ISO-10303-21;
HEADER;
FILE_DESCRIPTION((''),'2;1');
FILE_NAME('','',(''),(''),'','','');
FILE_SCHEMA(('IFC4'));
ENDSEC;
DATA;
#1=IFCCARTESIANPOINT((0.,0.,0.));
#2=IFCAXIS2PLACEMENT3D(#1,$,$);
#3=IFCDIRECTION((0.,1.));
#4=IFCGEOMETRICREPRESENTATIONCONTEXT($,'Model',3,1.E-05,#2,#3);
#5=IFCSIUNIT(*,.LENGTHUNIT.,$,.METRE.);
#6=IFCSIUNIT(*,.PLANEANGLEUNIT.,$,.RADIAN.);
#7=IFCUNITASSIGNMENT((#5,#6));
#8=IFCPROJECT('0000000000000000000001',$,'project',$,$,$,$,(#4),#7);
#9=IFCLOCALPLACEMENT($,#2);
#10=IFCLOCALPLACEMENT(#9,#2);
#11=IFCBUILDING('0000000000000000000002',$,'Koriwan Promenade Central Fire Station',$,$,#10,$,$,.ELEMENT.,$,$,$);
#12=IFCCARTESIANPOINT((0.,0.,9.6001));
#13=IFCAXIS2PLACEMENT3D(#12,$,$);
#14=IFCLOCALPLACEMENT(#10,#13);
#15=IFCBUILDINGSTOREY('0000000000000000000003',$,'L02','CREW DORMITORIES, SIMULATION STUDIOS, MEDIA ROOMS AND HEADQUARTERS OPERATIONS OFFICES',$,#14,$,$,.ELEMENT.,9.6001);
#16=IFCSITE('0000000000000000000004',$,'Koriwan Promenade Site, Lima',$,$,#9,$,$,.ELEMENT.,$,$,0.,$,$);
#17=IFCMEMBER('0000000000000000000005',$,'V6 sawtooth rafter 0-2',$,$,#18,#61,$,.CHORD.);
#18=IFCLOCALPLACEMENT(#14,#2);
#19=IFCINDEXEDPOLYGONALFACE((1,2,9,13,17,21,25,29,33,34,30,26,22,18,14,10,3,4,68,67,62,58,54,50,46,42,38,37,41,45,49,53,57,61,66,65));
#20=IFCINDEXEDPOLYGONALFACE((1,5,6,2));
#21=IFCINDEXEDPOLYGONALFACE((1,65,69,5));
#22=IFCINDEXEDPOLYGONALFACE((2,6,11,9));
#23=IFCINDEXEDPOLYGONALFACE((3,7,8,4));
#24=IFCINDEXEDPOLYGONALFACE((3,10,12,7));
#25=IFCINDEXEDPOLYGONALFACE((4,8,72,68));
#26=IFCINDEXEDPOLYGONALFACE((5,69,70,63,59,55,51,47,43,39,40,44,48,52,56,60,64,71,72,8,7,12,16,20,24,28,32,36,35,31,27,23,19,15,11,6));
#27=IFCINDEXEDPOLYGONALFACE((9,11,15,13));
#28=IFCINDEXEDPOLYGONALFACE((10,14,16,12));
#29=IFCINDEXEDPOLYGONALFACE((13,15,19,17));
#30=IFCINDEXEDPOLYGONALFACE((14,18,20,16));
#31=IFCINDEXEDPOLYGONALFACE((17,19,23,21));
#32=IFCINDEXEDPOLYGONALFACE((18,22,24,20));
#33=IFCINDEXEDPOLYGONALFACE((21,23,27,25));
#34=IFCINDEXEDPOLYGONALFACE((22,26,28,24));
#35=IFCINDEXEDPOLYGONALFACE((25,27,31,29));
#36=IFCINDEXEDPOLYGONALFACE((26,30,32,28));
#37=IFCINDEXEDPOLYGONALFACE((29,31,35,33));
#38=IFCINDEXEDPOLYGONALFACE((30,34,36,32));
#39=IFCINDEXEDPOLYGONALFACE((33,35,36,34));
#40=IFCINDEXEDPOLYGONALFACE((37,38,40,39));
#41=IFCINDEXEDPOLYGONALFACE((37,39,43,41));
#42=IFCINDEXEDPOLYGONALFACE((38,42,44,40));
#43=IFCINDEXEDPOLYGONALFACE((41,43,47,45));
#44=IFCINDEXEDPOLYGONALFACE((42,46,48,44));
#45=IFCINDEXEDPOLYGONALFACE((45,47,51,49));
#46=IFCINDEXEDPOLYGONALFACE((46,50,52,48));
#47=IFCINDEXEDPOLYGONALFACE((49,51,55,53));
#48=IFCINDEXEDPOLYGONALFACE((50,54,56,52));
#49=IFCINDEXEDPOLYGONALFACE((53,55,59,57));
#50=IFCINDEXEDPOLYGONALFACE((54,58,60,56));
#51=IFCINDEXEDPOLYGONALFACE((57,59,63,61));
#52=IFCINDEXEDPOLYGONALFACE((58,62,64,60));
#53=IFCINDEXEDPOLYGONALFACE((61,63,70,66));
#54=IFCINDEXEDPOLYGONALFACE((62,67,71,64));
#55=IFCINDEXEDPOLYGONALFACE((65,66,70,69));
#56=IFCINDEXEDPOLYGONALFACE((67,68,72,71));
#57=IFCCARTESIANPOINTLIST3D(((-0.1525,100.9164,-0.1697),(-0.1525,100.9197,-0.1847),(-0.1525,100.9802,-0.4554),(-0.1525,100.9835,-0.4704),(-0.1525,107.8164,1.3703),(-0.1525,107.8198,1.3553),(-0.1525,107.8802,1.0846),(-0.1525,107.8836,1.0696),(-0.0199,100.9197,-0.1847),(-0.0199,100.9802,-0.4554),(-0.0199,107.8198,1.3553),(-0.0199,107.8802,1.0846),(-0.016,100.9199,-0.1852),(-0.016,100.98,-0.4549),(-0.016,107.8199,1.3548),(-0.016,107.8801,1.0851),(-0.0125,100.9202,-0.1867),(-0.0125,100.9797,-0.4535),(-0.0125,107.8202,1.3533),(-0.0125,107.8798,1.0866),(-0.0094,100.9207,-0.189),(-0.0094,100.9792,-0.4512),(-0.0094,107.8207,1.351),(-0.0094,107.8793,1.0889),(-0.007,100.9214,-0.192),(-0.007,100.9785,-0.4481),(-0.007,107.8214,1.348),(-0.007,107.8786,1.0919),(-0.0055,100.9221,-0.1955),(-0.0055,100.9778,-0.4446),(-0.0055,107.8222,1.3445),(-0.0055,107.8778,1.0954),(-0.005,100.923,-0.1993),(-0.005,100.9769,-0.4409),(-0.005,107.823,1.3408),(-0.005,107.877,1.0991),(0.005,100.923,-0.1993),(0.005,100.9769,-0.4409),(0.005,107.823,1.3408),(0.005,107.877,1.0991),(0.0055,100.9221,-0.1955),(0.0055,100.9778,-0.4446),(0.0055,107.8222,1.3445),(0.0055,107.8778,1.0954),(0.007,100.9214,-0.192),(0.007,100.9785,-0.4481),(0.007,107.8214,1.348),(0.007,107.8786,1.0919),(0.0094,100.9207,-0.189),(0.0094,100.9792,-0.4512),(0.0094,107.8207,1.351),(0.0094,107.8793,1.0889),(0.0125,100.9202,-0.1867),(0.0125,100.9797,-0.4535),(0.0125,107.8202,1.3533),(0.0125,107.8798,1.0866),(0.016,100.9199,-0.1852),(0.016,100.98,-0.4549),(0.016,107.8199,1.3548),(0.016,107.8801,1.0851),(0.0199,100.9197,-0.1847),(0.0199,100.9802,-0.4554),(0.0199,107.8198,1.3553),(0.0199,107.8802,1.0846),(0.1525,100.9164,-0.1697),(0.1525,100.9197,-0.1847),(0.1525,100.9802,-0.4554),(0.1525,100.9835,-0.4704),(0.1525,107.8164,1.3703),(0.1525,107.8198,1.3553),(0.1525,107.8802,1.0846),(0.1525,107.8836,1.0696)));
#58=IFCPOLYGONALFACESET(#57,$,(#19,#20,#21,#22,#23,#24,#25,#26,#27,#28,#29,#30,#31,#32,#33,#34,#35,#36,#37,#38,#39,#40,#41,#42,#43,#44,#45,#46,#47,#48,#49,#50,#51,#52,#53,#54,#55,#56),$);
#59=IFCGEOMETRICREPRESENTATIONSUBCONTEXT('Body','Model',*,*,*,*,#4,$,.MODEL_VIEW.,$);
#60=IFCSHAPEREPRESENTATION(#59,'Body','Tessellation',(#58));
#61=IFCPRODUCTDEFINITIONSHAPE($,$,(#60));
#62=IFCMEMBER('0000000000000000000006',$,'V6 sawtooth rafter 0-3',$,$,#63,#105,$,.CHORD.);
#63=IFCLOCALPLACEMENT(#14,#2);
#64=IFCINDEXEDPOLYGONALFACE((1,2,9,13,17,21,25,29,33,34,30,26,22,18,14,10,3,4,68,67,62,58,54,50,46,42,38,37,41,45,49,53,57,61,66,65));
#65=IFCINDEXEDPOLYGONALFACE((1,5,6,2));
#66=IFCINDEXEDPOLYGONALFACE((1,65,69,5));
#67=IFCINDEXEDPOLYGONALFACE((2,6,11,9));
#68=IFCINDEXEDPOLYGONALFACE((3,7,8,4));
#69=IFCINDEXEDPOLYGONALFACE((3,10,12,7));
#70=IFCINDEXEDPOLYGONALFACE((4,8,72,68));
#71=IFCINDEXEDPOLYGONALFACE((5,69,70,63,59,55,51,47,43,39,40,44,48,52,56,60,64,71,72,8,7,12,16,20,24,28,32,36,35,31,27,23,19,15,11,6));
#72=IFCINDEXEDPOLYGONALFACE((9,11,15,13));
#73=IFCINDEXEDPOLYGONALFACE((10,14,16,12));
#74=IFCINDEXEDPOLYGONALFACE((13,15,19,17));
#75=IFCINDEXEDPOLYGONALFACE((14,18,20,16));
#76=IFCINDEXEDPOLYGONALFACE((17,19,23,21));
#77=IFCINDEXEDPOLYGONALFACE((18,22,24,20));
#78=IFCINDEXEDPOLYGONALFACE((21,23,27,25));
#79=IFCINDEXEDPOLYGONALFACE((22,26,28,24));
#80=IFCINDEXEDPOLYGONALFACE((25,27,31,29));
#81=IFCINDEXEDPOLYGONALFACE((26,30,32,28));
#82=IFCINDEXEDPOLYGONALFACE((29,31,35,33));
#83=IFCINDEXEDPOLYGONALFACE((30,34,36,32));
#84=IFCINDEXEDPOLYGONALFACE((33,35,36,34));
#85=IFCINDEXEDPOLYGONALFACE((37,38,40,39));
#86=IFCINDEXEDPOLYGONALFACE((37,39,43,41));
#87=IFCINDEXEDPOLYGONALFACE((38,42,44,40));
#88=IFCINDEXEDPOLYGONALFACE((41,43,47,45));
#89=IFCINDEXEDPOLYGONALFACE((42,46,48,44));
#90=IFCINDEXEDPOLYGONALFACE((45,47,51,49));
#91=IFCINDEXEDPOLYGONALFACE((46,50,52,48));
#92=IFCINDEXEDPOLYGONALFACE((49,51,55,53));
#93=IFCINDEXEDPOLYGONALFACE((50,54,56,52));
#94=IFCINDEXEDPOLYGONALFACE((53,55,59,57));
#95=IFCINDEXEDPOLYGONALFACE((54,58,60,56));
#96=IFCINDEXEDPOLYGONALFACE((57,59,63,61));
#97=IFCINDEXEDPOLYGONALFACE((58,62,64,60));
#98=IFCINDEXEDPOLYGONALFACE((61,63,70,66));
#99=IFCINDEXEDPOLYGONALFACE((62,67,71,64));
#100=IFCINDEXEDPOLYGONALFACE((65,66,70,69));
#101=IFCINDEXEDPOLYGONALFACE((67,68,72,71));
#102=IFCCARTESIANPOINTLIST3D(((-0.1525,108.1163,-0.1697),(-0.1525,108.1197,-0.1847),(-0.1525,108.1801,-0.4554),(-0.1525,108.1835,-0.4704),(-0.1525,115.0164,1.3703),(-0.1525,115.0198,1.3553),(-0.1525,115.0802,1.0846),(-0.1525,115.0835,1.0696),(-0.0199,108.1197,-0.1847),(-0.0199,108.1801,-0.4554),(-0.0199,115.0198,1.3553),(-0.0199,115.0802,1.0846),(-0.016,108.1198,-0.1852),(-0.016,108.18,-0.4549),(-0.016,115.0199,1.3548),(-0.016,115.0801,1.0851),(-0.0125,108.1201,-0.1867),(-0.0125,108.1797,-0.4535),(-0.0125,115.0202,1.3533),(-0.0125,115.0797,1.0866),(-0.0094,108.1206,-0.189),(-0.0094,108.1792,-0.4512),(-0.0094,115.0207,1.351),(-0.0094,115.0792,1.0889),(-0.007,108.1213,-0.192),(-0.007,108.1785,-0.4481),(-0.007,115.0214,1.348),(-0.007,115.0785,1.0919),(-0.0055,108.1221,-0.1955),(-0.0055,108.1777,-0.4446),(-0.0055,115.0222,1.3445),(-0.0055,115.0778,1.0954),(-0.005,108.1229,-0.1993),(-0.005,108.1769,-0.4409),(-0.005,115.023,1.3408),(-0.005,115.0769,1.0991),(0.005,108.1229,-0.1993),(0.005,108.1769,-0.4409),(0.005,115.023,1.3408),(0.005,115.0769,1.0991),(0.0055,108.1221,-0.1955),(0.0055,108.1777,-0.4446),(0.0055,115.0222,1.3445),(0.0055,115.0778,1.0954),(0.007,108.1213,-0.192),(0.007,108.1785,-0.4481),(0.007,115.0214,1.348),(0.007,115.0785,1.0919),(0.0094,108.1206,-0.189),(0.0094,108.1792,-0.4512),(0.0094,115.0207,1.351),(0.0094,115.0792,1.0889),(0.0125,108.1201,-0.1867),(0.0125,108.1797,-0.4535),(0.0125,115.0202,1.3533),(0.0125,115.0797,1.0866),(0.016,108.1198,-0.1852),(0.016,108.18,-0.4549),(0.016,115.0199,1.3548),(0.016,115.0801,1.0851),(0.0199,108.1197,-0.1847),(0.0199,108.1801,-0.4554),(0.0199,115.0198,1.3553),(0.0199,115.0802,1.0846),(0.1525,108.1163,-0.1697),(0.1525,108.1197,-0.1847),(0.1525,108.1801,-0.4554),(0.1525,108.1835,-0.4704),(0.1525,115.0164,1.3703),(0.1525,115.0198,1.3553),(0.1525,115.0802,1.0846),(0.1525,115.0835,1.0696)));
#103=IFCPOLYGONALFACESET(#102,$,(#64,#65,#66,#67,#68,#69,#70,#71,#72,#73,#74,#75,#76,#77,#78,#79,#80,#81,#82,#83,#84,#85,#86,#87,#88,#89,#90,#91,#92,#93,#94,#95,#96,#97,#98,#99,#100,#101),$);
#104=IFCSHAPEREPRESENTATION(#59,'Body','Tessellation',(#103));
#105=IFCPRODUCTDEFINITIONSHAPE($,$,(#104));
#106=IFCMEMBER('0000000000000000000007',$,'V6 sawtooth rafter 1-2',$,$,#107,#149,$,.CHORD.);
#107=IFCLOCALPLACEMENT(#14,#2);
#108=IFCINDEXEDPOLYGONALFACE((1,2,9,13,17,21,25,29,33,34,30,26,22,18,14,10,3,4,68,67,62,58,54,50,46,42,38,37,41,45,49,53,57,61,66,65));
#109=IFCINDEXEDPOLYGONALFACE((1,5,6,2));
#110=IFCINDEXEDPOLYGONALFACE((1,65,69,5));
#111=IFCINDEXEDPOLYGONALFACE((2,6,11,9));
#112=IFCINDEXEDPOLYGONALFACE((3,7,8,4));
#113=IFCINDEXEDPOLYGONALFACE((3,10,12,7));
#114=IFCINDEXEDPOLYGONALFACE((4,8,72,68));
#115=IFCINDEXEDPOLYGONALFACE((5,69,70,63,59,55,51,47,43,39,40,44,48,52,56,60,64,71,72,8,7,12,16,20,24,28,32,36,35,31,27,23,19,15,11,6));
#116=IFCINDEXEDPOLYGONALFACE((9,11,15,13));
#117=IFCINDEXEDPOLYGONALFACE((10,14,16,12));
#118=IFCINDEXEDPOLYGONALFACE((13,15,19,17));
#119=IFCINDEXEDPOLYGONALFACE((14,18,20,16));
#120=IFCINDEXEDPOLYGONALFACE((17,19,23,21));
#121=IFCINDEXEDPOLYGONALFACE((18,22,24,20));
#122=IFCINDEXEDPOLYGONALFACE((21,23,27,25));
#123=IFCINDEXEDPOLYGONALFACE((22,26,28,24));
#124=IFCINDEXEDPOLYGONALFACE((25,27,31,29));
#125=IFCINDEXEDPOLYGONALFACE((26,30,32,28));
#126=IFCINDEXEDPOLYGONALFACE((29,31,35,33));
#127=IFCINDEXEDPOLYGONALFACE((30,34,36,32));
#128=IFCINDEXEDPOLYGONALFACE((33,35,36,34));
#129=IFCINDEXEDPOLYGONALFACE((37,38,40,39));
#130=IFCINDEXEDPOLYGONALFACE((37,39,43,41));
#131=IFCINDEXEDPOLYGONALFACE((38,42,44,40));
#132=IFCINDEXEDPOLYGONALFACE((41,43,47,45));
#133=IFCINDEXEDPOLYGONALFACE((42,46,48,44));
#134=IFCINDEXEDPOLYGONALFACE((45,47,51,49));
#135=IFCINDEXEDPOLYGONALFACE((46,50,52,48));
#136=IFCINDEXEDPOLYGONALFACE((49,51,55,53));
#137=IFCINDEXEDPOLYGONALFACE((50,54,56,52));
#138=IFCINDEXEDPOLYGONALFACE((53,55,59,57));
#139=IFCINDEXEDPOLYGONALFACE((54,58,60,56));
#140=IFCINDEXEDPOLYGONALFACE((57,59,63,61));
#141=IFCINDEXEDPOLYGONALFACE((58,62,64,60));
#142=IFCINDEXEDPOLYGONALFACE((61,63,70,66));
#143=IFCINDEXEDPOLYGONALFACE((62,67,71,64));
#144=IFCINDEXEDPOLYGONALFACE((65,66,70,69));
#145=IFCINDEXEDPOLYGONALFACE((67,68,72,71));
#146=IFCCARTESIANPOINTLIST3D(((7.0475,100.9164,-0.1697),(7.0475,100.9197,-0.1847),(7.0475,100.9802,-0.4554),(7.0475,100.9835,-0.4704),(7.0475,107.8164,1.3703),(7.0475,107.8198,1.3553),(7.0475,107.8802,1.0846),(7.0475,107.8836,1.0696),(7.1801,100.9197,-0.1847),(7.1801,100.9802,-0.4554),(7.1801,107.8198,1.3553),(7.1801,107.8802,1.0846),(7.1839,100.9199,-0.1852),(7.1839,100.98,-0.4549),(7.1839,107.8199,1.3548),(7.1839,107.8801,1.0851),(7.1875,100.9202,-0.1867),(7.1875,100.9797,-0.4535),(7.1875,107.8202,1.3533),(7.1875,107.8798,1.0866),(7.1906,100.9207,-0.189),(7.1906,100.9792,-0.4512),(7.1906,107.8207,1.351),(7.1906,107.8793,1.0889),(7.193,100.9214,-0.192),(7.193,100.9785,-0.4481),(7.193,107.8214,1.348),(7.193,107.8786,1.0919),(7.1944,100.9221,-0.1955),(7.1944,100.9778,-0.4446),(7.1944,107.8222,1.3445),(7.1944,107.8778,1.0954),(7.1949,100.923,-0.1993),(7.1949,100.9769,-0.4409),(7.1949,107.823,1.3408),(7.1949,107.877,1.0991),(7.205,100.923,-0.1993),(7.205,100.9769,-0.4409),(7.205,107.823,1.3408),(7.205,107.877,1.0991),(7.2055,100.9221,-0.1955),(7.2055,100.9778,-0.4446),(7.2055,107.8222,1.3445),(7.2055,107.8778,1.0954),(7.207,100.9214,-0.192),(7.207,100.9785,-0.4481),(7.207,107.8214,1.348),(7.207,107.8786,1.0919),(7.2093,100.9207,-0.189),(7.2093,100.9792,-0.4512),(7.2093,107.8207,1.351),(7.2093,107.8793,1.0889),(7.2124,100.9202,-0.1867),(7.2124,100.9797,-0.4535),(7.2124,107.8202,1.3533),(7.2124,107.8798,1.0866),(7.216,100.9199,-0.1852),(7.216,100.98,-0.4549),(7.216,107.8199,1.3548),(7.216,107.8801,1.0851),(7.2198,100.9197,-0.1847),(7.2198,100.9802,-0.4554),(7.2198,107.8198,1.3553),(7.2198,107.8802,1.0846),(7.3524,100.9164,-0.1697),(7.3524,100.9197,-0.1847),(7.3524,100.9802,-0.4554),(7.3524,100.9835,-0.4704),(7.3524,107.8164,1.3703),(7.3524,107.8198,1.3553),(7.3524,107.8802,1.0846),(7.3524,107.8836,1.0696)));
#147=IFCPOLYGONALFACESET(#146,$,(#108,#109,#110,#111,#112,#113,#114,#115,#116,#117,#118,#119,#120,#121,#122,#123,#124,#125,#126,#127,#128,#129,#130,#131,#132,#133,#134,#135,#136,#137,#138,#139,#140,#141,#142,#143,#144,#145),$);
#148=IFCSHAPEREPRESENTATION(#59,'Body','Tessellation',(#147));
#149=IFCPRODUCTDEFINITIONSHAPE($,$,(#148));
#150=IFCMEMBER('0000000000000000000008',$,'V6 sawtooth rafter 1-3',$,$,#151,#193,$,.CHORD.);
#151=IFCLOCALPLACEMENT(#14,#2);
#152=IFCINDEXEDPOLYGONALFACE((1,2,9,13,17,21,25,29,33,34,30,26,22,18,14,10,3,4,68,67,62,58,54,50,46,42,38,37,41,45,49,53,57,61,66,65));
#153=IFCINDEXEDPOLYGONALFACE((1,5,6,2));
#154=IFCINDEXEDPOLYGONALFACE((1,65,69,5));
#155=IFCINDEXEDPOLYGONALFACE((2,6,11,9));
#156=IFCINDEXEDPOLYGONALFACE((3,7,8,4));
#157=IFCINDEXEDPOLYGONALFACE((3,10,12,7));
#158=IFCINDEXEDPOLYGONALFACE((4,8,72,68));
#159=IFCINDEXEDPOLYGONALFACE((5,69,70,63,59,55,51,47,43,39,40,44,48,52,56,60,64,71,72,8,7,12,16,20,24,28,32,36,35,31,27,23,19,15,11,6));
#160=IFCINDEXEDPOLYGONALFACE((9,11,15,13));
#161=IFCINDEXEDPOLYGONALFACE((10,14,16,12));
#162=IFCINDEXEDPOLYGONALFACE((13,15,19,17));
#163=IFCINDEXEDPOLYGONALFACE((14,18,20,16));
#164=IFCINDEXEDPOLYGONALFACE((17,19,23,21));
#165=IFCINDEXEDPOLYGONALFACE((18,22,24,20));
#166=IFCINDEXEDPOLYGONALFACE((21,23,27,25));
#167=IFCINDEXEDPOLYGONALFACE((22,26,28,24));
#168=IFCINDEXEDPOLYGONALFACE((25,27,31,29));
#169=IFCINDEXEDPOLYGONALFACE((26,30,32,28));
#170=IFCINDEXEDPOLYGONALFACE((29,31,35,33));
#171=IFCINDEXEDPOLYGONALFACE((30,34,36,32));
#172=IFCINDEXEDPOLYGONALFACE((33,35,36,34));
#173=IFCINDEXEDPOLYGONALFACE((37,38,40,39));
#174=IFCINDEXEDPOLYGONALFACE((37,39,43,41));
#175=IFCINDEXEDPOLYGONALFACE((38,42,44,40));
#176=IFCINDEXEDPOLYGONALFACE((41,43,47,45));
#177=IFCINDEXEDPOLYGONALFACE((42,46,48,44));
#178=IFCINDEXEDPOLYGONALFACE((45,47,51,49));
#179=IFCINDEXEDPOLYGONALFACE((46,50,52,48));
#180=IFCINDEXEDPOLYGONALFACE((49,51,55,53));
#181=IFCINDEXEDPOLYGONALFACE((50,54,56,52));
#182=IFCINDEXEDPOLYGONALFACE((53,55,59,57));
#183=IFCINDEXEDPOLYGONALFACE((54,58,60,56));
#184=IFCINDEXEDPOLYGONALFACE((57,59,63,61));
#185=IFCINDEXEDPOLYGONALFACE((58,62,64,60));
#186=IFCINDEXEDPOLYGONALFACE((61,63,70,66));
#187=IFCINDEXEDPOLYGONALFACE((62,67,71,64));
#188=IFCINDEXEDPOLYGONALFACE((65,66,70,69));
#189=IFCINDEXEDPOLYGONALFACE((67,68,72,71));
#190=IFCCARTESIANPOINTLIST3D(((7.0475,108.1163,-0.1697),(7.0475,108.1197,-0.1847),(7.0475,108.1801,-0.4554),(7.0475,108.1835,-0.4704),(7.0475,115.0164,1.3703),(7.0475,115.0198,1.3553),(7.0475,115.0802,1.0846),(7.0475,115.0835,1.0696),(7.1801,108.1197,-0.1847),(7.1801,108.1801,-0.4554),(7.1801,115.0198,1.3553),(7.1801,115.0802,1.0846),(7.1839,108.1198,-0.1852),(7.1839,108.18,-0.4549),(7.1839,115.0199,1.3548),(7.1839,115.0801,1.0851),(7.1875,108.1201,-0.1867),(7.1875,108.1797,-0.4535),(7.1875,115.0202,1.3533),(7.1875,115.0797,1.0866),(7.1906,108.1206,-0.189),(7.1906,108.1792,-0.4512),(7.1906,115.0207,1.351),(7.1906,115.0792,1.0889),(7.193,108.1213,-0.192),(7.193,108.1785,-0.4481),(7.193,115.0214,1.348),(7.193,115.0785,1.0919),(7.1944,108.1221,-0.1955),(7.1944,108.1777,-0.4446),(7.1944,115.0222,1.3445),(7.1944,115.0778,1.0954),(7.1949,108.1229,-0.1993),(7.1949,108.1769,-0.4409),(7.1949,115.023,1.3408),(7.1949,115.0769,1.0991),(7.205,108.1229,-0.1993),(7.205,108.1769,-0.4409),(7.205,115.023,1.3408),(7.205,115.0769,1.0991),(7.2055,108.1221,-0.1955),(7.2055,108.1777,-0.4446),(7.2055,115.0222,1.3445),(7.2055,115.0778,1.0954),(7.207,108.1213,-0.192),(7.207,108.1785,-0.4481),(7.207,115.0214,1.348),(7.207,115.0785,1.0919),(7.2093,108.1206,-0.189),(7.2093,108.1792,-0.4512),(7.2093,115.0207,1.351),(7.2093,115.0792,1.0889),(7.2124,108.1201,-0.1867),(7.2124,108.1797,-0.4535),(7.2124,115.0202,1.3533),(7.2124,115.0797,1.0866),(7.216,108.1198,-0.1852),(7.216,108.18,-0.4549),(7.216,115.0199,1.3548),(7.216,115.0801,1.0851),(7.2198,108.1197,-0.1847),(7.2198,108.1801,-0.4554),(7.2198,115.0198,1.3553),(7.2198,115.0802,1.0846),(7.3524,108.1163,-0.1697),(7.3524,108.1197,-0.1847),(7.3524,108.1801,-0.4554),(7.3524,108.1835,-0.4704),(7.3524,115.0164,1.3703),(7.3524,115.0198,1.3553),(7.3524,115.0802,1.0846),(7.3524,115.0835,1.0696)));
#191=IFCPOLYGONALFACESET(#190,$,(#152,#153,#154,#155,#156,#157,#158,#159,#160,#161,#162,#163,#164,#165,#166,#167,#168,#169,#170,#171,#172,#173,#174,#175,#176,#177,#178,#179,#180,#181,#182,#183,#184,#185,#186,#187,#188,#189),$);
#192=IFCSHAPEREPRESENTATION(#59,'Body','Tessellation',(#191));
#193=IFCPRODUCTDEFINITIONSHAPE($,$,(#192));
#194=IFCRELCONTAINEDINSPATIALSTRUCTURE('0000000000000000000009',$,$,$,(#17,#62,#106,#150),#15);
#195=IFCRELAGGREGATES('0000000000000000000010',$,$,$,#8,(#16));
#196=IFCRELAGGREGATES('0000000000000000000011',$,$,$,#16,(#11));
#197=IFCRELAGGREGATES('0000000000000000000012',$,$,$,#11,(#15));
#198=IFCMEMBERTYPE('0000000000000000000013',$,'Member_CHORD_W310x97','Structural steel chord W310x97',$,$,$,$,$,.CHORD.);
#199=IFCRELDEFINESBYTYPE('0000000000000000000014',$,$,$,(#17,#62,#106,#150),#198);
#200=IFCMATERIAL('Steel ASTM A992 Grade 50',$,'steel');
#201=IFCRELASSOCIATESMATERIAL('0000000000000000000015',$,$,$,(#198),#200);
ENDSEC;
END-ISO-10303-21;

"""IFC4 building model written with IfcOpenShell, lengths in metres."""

from ifc_helpers import new_model, si_unit, direction, frame, origin, origin_2d, place, context, subcontext, project, spatial, i_section, extrude, material, material_profile, profile_set, type_object, element, save


model = new_model("IFC4")

# Units and contexts
model_context = context("Model", 3, precision=1e-05, world=origin(), true_north=direction((0.0, 1.0)))
body_context = subcontext(model_context, "Body", "Model", "MODEL_VIEW")
ifc_project = project(units=[si_unit("LENGTHUNIT", "METRE"), si_unit("PLANEANGLEUNIT", "RADIAN")], contexts=[model_context])

# Site, building, storey
site_placement = place(None, origin())
site = spatial("IfcSite", under=ifc_project, at=site_placement, Name="Koriwan Promenade Site, Lima", CompositionType="ELEMENT", RefElevation=0.0)
building_placement = place(site_placement, origin())
building = spatial("IfcBuilding", under=site, at=building_placement, Name="Koriwan Promenade Central Fire Station", CompositionType="ELEMENT")
storey_placement = place(building_placement, frame((0.0, 0.0, 9.6001)))
storey = spatial("IfcBuildingStorey", under=building, at=storey_placement, Name="L02", Description="CREW DORMITORIES, SIMULATION STUDIOS, MEDIA ROOMS AND HEADQUARTERS OPERATIONS OFFICES", CompositionType="ELEMENT", Elevation=9.6001)

# Members
ifc_material_1 = material(Name="Steel ASTM A992 Grade 50", Category="steel")
ifc_material_profile_1 = material_profile(ifc_material_1, i_section(OverallWidth=0.3049, OverallDepth=0.3081, WebThickness=0.01, FlangeThickness=0.0154, FilletRadius=0.0149, at=origin_2d()), Name="W310x97")
ifc_profile_set_1 = profile_set([ifc_material_profile_1], Name="Steel ASTM A992 Grade 50")
member_type_1 = type_object("IfcMemberType", Name="Member_CHORD_W310x97", Description="Structural steel chord W310x97", PredefinedType="CHORD", material=ifc_profile_set_1)
for number, where, z_axis, x_axis, name in (
    (1, (0.0, 100.95, -0.3201), (0.0, 0.975987, 0.21783), (-1.0, 0.0, 0.0), "V6 sawtooth rafter 0-2"),
    (2, (0.0, 108.1499, -0.3201), (0.0, 0.975987, 0.21783), (-1.0, 0.0, 0.0), "V6 sawtooth rafter 0-3"),
    (3, (7.2, 100.95, -0.3201), (0.0, 0.975987, 0.21783), (-1.0, 0.0, 0.0), "V6 sawtooth rafter 1-2"),
    (4, (7.2, 108.1499, -0.3201), (0.0, 0.975987, 0.21783), (-1.0, 0.0, 0.0), "V6 sawtooth rafter 1-3"),
):
    element("IfcMember", number, at=place(storey_placement, frame(where, z_axis=z_axis, x_axis=x_axis)), inside=storey, type_object=member_type_1, Name=name, PredefinedType="CHORD", context=body_context, shape_type="SweptSolid", body=[
        extrude(i_section(OverallWidth=0.3049, OverallDepth=0.3081, WebThickness=0.01, FlangeThickness=0.0154, FilletRadius=0.0149, at=origin_2d()), origin(), (0.0, 0.0, 1.0), 7.0698),
    ])

save(model, "model.ifc")
